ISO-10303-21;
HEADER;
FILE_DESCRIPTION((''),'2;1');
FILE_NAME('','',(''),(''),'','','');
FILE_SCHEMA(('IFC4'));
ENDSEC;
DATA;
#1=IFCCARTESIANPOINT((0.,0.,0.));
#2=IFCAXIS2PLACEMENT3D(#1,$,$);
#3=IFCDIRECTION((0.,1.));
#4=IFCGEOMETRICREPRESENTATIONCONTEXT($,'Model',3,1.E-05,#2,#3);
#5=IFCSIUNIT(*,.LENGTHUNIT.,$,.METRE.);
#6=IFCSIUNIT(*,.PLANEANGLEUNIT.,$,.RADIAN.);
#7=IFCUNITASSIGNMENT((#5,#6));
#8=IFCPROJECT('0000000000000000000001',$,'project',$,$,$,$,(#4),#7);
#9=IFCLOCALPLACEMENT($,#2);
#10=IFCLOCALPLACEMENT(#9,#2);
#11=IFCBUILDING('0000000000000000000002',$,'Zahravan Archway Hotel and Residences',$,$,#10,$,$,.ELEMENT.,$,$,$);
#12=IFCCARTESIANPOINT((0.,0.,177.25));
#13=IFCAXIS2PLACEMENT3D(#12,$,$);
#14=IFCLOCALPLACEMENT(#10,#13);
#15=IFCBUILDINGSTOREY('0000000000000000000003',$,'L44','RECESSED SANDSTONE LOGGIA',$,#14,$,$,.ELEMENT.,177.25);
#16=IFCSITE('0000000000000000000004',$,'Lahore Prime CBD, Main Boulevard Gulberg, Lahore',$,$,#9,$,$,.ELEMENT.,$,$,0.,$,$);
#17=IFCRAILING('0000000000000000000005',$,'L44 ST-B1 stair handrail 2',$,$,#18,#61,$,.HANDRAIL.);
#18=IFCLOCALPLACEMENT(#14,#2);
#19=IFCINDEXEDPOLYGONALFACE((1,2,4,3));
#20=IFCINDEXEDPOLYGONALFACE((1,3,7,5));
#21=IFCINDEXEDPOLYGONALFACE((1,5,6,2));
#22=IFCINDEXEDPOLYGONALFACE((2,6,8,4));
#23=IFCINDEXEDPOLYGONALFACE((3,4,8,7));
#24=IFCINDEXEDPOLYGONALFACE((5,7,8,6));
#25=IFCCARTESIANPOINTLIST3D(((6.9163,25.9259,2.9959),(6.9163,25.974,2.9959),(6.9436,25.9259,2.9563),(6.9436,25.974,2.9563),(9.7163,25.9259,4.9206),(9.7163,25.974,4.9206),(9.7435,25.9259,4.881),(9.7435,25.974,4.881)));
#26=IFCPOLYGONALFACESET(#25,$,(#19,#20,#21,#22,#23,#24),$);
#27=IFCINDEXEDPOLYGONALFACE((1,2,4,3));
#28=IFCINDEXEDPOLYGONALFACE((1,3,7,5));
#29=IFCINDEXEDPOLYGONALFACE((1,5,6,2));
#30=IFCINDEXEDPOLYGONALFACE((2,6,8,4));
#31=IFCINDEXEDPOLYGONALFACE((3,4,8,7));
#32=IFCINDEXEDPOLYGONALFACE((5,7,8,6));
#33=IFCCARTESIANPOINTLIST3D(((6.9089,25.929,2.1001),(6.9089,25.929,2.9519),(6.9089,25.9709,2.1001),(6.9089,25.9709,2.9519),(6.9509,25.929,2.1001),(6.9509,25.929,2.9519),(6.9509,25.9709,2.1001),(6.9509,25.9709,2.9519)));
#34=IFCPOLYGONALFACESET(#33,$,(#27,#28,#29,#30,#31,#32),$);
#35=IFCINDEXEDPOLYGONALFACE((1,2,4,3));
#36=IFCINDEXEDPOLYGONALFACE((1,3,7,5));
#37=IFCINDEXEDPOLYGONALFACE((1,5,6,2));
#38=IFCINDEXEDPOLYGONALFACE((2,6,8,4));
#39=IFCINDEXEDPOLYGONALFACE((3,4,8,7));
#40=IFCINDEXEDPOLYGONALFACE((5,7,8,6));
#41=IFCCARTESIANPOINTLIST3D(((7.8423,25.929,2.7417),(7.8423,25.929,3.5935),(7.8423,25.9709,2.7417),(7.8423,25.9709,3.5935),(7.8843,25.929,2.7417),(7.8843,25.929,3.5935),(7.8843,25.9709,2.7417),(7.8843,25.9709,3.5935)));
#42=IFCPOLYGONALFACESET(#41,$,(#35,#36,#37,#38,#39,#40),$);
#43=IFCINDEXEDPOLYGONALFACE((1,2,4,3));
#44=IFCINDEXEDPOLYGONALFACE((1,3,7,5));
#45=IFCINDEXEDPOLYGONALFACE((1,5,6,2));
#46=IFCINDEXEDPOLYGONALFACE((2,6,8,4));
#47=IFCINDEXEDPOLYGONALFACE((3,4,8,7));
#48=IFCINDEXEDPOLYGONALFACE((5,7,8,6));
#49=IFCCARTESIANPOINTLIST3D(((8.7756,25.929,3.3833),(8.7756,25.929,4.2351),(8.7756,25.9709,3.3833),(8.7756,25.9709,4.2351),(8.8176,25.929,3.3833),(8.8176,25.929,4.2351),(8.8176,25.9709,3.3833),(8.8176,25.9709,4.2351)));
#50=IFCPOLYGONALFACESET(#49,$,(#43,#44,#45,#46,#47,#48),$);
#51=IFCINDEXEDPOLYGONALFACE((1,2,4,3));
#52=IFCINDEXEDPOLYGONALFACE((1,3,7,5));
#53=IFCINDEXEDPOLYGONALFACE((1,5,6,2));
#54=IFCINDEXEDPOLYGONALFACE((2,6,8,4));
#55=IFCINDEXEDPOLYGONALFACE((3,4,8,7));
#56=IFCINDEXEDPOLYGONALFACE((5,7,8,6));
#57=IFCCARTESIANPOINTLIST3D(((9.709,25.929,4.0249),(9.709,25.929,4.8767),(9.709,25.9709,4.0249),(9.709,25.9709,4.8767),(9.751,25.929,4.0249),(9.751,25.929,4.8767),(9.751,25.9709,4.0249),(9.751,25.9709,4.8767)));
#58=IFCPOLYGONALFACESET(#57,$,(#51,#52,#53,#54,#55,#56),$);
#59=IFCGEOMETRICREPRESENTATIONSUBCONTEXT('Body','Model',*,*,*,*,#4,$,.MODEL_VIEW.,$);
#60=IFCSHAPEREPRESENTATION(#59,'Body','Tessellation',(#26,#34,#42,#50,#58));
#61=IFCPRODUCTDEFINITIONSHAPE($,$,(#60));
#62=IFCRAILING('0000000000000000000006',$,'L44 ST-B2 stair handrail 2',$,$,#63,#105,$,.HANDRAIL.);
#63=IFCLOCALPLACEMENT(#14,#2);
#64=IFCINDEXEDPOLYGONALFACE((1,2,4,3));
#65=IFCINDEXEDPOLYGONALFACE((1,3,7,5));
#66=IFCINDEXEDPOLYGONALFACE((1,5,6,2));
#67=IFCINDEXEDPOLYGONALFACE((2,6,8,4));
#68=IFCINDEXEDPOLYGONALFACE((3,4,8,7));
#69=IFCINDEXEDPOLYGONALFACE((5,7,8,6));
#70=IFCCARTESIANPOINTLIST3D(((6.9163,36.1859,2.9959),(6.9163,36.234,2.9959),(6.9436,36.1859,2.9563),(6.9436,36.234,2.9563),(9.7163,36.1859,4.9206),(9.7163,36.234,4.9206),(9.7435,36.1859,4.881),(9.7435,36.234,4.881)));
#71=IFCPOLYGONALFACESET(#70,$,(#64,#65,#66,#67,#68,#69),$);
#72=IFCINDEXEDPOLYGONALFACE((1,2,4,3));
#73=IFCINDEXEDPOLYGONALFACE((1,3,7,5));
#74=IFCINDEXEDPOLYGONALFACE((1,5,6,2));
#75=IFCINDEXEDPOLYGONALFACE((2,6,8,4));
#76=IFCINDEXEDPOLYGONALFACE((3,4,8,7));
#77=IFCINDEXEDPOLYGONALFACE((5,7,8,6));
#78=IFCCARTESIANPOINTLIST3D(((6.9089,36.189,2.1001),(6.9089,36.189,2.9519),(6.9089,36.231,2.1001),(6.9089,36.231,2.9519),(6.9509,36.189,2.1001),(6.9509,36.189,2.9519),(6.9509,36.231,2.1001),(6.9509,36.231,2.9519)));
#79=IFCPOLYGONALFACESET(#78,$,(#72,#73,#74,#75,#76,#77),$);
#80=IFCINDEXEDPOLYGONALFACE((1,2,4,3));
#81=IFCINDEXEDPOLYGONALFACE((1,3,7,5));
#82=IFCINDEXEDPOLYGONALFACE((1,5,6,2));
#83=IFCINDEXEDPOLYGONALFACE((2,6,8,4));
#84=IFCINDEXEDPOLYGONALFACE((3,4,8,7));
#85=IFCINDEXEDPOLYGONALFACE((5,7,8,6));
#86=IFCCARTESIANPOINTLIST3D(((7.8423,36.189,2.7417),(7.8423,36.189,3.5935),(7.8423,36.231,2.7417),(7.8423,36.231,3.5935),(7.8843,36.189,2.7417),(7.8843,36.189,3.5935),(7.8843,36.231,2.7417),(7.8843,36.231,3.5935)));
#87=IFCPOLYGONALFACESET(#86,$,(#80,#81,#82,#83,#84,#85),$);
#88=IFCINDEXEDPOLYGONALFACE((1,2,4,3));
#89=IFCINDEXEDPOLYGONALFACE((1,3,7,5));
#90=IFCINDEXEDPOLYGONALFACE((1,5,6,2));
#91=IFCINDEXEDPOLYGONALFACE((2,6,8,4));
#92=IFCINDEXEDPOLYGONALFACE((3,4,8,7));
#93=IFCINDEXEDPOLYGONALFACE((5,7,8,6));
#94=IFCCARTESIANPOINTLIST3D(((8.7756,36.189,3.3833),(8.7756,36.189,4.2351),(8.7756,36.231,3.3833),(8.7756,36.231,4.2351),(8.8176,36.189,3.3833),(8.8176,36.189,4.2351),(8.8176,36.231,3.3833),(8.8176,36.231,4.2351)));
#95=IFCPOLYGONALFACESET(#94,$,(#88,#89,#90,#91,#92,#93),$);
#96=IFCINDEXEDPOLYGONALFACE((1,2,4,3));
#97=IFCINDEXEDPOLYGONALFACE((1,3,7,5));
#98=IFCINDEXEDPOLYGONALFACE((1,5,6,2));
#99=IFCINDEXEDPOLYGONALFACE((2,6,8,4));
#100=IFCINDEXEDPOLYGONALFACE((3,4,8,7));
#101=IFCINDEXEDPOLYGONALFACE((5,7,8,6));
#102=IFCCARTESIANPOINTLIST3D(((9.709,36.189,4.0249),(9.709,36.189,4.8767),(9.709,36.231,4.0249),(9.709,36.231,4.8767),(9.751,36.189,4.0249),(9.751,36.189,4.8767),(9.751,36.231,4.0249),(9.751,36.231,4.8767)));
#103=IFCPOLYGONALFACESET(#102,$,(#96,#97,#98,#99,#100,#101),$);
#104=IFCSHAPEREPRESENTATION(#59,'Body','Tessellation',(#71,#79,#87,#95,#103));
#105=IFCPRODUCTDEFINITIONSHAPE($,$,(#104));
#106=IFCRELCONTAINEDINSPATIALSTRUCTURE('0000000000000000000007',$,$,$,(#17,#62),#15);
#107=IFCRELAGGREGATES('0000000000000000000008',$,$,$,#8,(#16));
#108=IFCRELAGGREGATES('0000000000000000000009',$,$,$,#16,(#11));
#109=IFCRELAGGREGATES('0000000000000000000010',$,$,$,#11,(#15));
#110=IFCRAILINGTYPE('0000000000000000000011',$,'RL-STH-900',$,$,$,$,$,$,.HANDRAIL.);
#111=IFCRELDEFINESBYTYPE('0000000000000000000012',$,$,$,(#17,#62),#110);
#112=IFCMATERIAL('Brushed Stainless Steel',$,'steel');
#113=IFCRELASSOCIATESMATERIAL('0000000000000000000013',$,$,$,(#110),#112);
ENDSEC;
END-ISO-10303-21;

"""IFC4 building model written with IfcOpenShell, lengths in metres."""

from ifc_helpers import new_model, si_unit, direction, frame, origin, origin_2d, place, context, subcontext, project, spatial, rectangle, extrude, material, type_object, element, save


model = new_model("IFC4")

# Units and contexts
model_context = context("Model", 3, precision=1e-05, world=origin(), true_north=direction((0.0, 1.0)))
body_context = subcontext(model_context, "Body", "Model", "MODEL_VIEW")
ifc_project = project(units=[si_unit("LENGTHUNIT", "METRE"), si_unit("PLANEANGLEUNIT", "RADIAN")], contexts=[model_context])

# Site, building, storey
site_placement = place(None, origin())
site = spatial("IfcSite", under=ifc_project, at=site_placement, Name="Lahore Prime CBD, Main Boulevard Gulberg, Lahore", CompositionType="ELEMENT", RefElevation=0.0)
building_placement = place(site_placement, origin())
building = spatial("IfcBuilding", under=site, at=building_placement, Name="Zahravan Archway Hotel and Residences", CompositionType="ELEMENT")
storey_placement = place(building_placement, frame((0.0, 0.0, 177.25)))
storey = spatial("IfcBuildingStorey", under=building, at=storey_placement, Name="L44", Description="RECESSED SANDSTONE LOGGIA", CompositionType="ELEMENT", Elevation=177.25)

# Shared definitions
ifc_material_1 = material(Name="Brushed Stainless Steel", Category="steel")

# Railings
railing_type_1 = type_object("IfcRailingType", Name="RL-STH-900", PredefinedType="HANDRAIL", material=ifc_material_1)
for number, where, name in (
    (1, (6.9299, 25.95, 2.1001), "L44 ST-B1 stair handrail 2"),
    (2, (6.9299, 36.21, 2.1001), "L44 ST-B2 stair handrail 2"),
):
    element("IfcRailing", number, at=place(storey_placement, frame(where)), inside=storey, type_object=railing_type_1, Name=name, PredefinedType="HANDRAIL", context=body_context, shape_type="SweptSolid", body=[
        extrude(rectangle(XDim=0.0481, YDim=0.0481, at=origin_2d()), frame((0.0, 0.0, 0.876), z_axis=(0.824073, 0.0, 0.566483), x_axis=(0.0, 1.0, 0.0)), (0.0, 0.0, 1.0), 3.3977),
        extrude(rectangle(XDim=0.042, YDim=0.042, at=origin_2d()), origin(), (0.0, 0.0, 1.0), 0.8518),
        extrude(rectangle(XDim=0.042, YDim=0.042, at=origin_2d()), frame((0.9333, 0.0, 0.6416)), (0.0, 0.0, 1.0), 0.8518),
        extrude(rectangle(XDim=0.042, YDim=0.042, at=origin_2d()), frame((1.8667, 0.0, 1.2832)), (0.0, 0.0, 1.0), 0.8518),
        extrude(rectangle(XDim=0.042, YDim=0.042, at=origin_2d()), frame((2.8, 0.0, 1.9248)), (0.0, 0.0, 1.0), 0.8518),
    ])

save(model, "model.ifc")
